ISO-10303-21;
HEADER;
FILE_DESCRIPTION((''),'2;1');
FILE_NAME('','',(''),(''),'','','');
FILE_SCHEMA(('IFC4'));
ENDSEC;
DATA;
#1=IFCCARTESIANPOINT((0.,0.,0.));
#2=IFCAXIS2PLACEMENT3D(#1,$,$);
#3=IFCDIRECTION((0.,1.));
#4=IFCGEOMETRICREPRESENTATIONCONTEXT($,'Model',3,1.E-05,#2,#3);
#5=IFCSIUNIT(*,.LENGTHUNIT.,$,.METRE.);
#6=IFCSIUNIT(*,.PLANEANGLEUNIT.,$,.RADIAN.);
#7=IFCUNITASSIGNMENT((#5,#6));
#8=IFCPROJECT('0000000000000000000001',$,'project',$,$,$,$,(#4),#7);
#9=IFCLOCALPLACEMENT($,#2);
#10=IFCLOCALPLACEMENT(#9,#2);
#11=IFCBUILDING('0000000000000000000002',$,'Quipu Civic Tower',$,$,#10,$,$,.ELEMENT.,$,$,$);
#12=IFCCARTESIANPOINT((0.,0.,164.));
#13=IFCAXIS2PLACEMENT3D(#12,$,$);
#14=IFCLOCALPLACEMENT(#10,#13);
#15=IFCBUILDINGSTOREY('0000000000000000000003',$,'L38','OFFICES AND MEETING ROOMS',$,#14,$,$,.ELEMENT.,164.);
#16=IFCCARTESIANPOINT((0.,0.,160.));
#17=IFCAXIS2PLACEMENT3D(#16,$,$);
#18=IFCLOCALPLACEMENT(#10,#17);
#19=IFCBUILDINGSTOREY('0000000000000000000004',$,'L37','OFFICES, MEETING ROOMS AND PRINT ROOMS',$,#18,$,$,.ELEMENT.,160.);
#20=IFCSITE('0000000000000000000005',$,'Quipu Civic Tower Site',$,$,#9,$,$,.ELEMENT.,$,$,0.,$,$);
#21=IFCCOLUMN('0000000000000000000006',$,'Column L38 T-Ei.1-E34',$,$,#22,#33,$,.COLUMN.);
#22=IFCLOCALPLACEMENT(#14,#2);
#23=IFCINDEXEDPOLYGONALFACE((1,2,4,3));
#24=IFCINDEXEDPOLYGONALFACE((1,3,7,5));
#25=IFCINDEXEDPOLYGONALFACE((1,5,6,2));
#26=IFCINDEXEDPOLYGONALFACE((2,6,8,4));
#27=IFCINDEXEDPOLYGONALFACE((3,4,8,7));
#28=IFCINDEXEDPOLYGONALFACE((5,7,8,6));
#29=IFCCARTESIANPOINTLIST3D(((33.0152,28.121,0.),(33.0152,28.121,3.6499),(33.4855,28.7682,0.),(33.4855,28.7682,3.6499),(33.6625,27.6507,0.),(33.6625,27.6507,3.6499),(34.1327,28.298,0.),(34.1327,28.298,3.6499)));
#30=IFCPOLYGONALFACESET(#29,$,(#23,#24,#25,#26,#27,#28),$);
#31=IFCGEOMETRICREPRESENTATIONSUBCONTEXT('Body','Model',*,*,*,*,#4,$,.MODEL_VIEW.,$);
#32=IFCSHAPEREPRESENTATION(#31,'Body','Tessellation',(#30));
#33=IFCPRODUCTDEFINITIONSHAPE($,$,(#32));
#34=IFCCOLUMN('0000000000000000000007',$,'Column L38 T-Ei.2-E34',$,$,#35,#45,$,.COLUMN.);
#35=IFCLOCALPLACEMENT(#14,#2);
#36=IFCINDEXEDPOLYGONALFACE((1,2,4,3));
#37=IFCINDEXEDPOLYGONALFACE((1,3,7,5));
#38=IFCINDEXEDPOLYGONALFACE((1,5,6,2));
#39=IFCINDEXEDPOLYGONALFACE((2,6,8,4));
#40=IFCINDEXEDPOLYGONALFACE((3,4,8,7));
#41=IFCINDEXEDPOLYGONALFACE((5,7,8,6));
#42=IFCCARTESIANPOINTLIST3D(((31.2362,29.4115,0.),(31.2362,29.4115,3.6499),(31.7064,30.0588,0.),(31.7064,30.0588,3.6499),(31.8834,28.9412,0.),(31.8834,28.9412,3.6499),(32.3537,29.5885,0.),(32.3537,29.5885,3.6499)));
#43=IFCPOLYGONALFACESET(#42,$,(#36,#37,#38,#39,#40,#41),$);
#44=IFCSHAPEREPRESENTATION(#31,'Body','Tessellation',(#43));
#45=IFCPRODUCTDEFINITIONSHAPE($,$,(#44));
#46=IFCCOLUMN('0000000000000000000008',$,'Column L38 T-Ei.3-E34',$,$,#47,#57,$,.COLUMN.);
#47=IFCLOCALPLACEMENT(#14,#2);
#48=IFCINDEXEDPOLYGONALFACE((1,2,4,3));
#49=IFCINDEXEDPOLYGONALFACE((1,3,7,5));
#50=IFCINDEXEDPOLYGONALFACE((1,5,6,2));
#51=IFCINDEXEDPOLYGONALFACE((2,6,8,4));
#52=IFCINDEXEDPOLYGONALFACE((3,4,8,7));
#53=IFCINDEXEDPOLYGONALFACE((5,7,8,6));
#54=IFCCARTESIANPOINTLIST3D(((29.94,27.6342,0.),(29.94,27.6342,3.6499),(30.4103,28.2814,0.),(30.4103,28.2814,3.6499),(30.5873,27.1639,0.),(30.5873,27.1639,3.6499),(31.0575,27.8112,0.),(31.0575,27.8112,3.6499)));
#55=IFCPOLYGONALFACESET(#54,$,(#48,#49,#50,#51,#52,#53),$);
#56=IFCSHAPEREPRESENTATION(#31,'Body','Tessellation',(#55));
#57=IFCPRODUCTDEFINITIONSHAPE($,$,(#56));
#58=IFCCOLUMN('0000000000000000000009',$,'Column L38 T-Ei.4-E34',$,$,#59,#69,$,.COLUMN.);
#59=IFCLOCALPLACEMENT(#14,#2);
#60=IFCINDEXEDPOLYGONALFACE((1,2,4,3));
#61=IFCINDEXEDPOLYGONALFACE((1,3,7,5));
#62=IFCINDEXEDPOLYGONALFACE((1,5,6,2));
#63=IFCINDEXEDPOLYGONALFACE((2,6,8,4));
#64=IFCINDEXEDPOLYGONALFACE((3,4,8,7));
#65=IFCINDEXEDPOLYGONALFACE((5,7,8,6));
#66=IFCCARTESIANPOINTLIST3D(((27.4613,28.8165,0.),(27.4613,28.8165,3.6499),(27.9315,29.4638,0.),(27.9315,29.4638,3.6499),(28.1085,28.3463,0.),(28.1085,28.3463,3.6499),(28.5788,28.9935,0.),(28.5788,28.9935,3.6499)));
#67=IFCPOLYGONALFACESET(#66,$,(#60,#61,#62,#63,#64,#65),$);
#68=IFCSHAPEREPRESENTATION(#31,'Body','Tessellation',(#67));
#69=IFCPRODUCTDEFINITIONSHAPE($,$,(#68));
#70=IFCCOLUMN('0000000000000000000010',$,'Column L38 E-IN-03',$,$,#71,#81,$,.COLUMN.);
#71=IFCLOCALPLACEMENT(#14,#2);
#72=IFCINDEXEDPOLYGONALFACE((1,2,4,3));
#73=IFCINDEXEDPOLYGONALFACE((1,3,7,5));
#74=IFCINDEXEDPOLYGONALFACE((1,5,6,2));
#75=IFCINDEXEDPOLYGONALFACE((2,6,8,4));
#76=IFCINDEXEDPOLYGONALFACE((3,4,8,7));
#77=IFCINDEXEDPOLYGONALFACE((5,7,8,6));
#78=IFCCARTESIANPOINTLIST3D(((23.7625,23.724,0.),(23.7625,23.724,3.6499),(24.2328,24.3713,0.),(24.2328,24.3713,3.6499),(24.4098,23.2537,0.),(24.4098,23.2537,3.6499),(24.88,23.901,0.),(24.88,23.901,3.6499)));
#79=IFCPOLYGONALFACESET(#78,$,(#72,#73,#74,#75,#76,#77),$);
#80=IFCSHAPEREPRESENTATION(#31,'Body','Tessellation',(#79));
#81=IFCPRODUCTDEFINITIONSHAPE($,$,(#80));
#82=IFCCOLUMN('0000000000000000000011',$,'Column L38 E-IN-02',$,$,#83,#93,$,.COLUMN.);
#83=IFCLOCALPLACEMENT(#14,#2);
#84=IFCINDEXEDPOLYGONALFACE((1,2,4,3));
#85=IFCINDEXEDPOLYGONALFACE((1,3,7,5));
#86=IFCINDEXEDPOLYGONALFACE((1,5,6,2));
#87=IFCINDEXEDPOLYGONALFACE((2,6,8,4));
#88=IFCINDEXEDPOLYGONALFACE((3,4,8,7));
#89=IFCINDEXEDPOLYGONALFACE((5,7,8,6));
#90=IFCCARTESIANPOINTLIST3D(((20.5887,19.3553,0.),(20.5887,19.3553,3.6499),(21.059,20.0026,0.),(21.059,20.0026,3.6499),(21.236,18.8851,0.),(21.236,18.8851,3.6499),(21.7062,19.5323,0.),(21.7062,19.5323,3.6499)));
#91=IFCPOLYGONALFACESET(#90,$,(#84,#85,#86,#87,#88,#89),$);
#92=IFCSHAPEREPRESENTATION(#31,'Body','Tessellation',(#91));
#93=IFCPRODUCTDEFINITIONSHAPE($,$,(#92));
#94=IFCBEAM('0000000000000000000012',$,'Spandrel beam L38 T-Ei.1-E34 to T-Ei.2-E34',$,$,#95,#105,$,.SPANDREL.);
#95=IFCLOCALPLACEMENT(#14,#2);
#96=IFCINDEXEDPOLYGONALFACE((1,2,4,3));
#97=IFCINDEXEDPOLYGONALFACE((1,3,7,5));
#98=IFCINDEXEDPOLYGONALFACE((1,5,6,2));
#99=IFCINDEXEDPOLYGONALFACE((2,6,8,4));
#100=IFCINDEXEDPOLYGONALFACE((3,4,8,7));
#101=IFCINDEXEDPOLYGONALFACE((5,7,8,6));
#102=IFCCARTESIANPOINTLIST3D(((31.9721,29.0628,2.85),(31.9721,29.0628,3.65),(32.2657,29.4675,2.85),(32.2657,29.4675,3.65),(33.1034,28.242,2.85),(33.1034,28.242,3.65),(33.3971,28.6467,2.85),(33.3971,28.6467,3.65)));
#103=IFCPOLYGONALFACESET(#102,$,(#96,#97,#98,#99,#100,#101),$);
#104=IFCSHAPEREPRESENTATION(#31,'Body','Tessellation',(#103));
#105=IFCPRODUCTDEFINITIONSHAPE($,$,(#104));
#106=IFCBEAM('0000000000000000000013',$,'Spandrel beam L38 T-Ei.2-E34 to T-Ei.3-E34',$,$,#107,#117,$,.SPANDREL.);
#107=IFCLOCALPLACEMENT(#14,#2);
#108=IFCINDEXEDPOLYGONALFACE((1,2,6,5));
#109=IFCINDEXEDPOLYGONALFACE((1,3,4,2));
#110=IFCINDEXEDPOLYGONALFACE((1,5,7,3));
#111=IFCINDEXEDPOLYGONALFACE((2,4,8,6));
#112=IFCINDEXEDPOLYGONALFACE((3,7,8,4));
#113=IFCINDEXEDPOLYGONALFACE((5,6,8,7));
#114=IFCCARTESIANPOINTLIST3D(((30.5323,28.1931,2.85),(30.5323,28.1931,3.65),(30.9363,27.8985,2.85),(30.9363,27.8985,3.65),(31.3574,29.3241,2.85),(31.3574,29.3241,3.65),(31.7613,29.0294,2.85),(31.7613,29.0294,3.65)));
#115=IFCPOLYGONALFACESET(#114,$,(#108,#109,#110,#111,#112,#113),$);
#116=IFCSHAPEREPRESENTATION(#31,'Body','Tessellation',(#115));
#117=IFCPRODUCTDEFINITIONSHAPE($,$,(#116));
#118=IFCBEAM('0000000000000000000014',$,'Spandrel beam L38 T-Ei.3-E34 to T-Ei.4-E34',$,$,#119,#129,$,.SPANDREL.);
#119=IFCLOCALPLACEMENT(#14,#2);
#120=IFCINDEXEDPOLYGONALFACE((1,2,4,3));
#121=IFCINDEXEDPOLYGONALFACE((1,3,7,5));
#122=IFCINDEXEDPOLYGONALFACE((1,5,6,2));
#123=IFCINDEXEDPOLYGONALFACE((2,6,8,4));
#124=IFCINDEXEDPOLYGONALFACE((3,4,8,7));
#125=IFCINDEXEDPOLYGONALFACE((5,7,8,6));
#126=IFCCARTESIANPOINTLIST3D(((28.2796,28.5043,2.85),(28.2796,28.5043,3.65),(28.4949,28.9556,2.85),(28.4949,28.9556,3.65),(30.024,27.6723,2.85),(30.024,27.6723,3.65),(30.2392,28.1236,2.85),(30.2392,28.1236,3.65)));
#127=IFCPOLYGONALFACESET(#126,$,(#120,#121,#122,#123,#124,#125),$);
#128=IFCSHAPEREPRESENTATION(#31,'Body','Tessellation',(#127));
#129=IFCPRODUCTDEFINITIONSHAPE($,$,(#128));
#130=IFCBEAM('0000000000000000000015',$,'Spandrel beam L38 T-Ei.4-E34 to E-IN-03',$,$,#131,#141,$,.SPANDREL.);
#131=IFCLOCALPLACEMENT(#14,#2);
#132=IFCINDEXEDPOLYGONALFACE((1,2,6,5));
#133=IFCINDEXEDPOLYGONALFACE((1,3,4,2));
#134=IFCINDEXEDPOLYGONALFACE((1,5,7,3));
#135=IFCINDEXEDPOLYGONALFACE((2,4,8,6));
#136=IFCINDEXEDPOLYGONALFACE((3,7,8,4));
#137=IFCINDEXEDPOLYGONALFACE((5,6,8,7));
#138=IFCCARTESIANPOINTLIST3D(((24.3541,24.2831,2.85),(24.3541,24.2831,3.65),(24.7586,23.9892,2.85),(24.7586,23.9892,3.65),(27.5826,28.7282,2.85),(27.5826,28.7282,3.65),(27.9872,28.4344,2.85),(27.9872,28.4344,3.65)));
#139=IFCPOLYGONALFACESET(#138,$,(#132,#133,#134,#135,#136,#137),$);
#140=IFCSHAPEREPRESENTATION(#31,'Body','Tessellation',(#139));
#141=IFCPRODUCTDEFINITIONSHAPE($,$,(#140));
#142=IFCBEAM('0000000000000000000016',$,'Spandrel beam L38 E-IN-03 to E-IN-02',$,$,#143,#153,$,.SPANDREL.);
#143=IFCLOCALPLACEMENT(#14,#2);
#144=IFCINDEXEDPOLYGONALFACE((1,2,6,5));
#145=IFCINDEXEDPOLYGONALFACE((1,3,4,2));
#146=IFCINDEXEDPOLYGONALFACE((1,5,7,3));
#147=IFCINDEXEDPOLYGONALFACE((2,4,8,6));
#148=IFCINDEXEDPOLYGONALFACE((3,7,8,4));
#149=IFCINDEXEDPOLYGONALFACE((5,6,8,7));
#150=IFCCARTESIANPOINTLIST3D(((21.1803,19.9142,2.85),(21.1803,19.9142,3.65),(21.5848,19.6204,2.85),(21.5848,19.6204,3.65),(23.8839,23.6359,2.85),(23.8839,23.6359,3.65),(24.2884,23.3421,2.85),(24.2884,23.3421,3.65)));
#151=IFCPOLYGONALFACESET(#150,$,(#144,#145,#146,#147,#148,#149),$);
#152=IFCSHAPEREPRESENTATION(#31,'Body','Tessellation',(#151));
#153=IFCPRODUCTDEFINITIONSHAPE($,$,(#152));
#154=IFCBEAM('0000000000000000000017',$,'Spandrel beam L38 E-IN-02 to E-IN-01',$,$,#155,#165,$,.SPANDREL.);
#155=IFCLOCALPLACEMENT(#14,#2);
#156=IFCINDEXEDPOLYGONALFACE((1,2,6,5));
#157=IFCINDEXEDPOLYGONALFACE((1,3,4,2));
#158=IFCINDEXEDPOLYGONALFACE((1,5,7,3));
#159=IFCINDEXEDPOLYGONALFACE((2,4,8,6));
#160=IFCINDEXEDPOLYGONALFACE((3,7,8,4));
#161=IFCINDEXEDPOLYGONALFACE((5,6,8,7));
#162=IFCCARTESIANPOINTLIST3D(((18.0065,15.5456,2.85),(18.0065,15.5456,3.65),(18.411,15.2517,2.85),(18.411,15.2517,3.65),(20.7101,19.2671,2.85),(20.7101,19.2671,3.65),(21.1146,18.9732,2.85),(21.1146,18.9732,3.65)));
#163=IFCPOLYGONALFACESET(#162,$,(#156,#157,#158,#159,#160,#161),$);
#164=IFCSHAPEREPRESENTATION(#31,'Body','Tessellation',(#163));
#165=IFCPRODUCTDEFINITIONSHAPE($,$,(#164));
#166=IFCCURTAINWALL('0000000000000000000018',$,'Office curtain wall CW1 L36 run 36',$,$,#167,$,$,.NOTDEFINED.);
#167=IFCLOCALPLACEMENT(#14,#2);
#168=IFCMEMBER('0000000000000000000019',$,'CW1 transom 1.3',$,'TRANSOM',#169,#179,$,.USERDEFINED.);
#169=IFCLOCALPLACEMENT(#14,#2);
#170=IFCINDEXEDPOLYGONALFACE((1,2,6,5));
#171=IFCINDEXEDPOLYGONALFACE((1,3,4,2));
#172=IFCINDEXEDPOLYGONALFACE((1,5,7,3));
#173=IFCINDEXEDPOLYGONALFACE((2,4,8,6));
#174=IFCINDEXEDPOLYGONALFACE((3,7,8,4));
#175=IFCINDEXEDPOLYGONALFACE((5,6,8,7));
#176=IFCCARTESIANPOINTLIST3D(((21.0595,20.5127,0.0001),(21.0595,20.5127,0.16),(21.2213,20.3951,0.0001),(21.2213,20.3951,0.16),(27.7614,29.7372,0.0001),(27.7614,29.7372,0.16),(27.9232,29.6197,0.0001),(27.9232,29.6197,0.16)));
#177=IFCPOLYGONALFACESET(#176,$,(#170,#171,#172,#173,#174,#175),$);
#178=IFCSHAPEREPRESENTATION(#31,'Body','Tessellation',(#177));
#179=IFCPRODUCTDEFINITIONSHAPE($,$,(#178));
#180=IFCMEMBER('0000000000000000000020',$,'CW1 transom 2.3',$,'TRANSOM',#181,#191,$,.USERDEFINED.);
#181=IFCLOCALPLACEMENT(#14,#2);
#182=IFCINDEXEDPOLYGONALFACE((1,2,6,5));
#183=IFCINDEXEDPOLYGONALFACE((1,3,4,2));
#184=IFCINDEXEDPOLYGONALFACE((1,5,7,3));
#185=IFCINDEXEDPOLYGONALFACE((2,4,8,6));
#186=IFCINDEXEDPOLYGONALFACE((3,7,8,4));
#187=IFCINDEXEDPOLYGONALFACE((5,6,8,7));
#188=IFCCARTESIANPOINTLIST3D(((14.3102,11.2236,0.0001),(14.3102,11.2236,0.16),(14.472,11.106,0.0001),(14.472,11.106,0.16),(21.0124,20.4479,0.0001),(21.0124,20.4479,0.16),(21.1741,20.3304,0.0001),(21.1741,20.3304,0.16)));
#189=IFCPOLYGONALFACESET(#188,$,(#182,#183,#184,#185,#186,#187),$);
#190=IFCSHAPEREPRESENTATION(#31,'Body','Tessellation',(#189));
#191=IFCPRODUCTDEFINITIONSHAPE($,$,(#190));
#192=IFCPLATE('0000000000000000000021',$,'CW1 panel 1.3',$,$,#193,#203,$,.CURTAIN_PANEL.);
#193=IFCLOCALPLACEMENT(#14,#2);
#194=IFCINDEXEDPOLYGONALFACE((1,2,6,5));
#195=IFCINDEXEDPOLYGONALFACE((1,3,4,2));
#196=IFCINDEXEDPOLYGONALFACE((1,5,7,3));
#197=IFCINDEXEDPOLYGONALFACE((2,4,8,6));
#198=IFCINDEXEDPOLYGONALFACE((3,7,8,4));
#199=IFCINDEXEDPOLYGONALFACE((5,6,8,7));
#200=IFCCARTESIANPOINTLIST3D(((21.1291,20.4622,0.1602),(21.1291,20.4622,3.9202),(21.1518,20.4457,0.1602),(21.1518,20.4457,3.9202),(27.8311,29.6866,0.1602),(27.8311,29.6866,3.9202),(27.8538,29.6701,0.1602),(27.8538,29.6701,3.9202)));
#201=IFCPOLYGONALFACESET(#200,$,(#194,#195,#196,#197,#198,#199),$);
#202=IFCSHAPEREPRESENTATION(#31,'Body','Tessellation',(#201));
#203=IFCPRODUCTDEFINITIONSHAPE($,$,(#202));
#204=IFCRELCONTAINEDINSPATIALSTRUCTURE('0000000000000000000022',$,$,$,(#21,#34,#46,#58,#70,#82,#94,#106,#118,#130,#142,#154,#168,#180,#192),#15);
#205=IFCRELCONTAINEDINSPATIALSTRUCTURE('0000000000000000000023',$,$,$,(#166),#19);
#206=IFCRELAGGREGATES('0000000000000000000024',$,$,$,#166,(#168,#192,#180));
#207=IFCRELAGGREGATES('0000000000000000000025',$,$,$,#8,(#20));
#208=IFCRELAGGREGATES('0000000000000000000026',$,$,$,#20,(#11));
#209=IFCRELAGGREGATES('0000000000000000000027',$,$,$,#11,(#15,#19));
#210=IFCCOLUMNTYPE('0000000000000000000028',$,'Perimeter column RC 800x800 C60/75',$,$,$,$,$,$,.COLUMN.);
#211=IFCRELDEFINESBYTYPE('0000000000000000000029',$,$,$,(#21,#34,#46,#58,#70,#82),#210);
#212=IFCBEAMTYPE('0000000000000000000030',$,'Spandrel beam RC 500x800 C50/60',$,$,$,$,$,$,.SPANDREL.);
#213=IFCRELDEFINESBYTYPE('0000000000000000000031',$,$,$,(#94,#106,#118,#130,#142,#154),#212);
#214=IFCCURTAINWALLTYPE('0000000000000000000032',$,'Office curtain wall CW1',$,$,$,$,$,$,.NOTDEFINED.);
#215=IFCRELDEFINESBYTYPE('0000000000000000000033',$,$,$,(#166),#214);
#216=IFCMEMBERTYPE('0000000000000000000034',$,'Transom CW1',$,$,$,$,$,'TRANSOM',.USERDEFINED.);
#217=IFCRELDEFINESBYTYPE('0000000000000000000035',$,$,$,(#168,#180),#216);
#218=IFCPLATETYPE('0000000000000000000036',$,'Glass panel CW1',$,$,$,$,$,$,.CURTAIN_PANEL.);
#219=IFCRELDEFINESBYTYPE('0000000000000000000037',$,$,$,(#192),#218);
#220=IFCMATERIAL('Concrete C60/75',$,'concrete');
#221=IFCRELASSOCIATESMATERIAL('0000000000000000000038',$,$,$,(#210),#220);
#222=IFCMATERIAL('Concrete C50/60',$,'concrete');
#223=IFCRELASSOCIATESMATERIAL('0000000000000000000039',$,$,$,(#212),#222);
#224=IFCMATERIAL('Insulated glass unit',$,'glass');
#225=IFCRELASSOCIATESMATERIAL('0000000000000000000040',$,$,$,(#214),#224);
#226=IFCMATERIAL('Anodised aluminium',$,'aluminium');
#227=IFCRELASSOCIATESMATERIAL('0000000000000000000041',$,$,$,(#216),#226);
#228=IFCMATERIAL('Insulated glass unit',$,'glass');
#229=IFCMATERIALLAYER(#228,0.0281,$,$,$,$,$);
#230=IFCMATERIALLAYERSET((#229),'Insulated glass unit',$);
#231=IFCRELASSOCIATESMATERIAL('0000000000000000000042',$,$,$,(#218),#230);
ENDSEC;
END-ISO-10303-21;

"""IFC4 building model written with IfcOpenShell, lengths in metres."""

from ifc_helpers import new_model, si_unit, direction, frame, origin, origin_2d, place, context, subcontext, project, spatial, rectangle, extrude, material, layer, layer_set, material_profile, profile_set, type_object, element, aggregate, save


model = new_model("IFC4")

# Units and contexts
model_context = context("Model", 3, precision=1e-05, world=origin(), true_north=direction((0.0, 1.0)))
body_context = subcontext(model_context, "Body", "Model", "MODEL_VIEW")
ifc_project = project(units=[si_unit("LENGTHUNIT", "METRE"), si_unit("PLANEANGLEUNIT", "RADIAN")], contexts=[model_context])

# Site, building, storey
site_placement = place(None, origin())
site = spatial("IfcSite", under=ifc_project, at=site_placement, Name="Quipu Civic Tower Site", CompositionType="ELEMENT", RefElevation=0.0)
building_placement = place(site_placement, origin())
building = spatial("IfcBuilding", under=site, at=building_placement, Name="Quipu Civic Tower", CompositionType="ELEMENT")
storey_1_placement = place(building_placement, frame((0.0, 0.0, 164.0)))
storey_1 = spatial("IfcBuildingStorey", under=building, at=storey_1_placement, Name="L38", Description="OFFICES AND MEETING ROOMS", CompositionType="ELEMENT", Elevation=164.0)

# Columns
ifc_material_1 = material(Name="Concrete C60/75", Category="concrete")
ifc_material_profile_1 = material_profile(ifc_material_1, rectangle(XDim=0.8, YDim=0.8, at=origin_2d()), Name="RC800x800")
ifc_profile_set_1 = profile_set([ifc_material_profile_1], Name="Concrete C60/75")
column_type = type_object("IfcColumnType", Name="Perimeter column RC 800x800 C60/75", PredefinedType="COLUMN", material=ifc_profile_set_1)
for number, where, z_axis, x_axis, name in (
    (1, (33.574, 28.2095, 0.0), (0.0, 0.0, 1.0), (-0.809017, 0.587785, 0.0), "Column L38 T-Ei.1-E34"),
    (2, (31.7949, 29.5, 0.0), (0.0, 0.0, 1.0), (-0.587785, -0.809017, 0.0), "Column L38 T-Ei.2-E34"),
    (3, (30.4988, 27.7227, 0.0), (0.0, 0.0, 1.0), (-0.809017, 0.587785, 0.0), "Column L38 T-Ei.3-E34"),
    (4, (28.02, 28.905, 0.0), (0.0, 0.0, 1.0), (-0.809017, 0.587785, 0.0), "Column L38 T-Ei.4-E34"),
    (5, (24.3213, 23.8125, 0.0), (0.0, 0.0, 1.0), (-0.587785, -0.809017, 0.0), "Column L38 E-IN-03"),
    (6, (21.1475, 19.4438, 0.0), (0.0, 0.0, 1.0), (-0.587785, -0.809017, 0.0), "Column L38 E-IN-02"),
):
    element("IfcColumn", number, at=place(storey_1_placement, frame(where, z_axis=z_axis, x_axis=x_axis)), inside=storey_1, type_object=column_type, Name=name, PredefinedType="COLUMN", context=body_context, shape_type="SweptSolid", body=[
        extrude(rectangle(XDim=0.8, YDim=0.8, at=origin_2d()), origin(), (0.0, 0.0, 1.0), 3.6499),
    ])

# Beams
ifc_material_2 = material(Name="Concrete C50/60", Category="concrete")
ifc_material_profile_2 = material_profile(ifc_material_2, rectangle(XDim=0.5, YDim=0.8, at=origin_2d()), Name="RC500x800")
ifc_profile_set_2 = profile_set([ifc_material_profile_2], Name="Concrete C50/60")
beam_type = type_object("IfcBeamType", Name="Spandrel beam RC 500x800 C50/60", PredefinedType="SPANDREL", material=ifc_profile_set_2)
beam_1_placement = place(storey_1_placement, frame((33.2502, 28.4443, 3.25), z_axis=(-0.809415, 0.587237, 0.0), x_axis=(-0.587237, -0.809415, 0.0)))
element("IfcBeam", 7, at=beam_1_placement, inside=storey_1, type_object=beam_type, Name="Spandrel beam L38 T-Ei.1-E34 to T-Ei.2-E34", PredefinedType="SPANDREL", context=body_context, shape_type="SweptSolid", body=[
    extrude(rectangle(XDim=0.5, YDim=0.8, at=origin_2d()), origin(), (0.0, 0.0, 1.0), 1.3977),
])
beam_2_placement = place(storey_1_placement, frame((31.5593, 29.1768, 3.25), z_axis=(-0.589343, -0.807883, 0.0), x_axis=(0.807883, -0.589343, 0.0)))
element("IfcBeam", 8, at=beam_2_placement, inside=storey_1, type_object=beam_type, Name="Spandrel beam L38 T-Ei.2-E34 to T-Ei.3-E34", PredefinedType="SPANDREL", context=body_context, shape_type="SweptSolid", body=[
    extrude(rectangle(XDim=0.5, YDim=0.8, at=origin_2d()), origin(), (0.0, 0.0, 1.0), 1.3999),
])
beam_3_placement = place(storey_1_placement, frame((30.1316, 27.8979, 3.25), z_axis=(-0.902585, 0.430512, 0.0), x_axis=(-0.430512, -0.902585, 0.0)))
element("IfcBeam", 9, at=beam_3_placement, inside=storey_1, type_object=beam_type, Name="Spandrel beam L38 T-Ei.3-E34 to T-Ei.4-E34", PredefinedType="SPANDREL", context=body_context, shape_type="SweptSolid", body=[
    extrude(rectangle(XDim=0.5, YDim=0.8, at=origin_2d()), origin(), (0.0, 0.0, 1.0), 1.9326),
])
beam_4_placement = place(storey_1_placement, frame((27.7849, 28.5813, 3.25), z_axis=(-0.587664, -0.809105, 0.0), x_axis=(0.809105, -0.587664, 0.0)))
element("IfcBeam", 10, at=beam_4_placement, inside=storey_1, type_object=beam_type, Name="Spandrel beam L38 T-Ei.4-E34 to E-IN-03", PredefinedType="SPANDREL", context=body_context, shape_type="SweptSolid", body=[
    extrude(rectangle(XDim=0.5, YDim=0.8, at=origin_2d()), origin(), (0.0, 0.0, 1.0), 5.4939),
])
beam_5_placement = place(storey_1_placement, frame((24.0862, 23.489, 3.25), z_axis=(-0.587736, -0.809053, 0.0), x_axis=(0.809053, -0.587736, 0.0)))
element("IfcBeam", 11, at=beam_5_placement, inside=storey_1, type_object=beam_type, Name="Spandrel beam L38 E-IN-03 to E-IN-02", PredefinedType="SPANDREL", context=body_context, shape_type="SweptSolid", body=[
    extrude(rectangle(XDim=0.5, YDim=0.8, at=origin_2d()), origin(), (0.0, 0.0, 1.0), 4.6001),
])
beam_6_placement = place(storey_1_placement, frame((20.9124, 19.1201, 3.25), z_axis=(-0.587761, -0.809034, 0.0), x_axis=(0.809034, -0.587761, 0.0)))
element("IfcBeam", 12, at=beam_6_placement, inside=storey_1, type_object=beam_type, Name="Spandrel beam L38 E-IN-02 to E-IN-01", PredefinedType="SPANDREL", context=body_context, shape_type="SweptSolid", body=[
    extrude(rectangle(XDim=0.5, YDim=0.8, at=origin_2d()), origin(), (0.0, 0.0, 1.0), 4.5999),
])

# Shared definitions
storey_2_placement = place(building_placement, frame((0.0, 0.0, 160.0)))
storey_2 = spatial("IfcBuildingStorey", under=building, at=storey_2_placement, Name="L37", Description="OFFICES, MEETING ROOMS AND PRINT ROOMS", CompositionType="ELEMENT", Elevation=160.0)

# Curtain wall, members, plate
ifc_material_3 = material(Name="Insulated glass unit", Category="glass")
curtain_wall_type = type_object("IfcCurtainWallType", Name="Office curtain wall CW1", PredefinedType="NOTDEFINED", material=ifc_material_3)
curtain_wall_placement = place(storey_2_placement, origin())
curtain_wall = element("IfcCurtainWall", 13, at=curtain_wall_placement, inside=storey_2, type_object=curtain_wall_type, Name="Office curtain wall CW1 L36 run 36", PredefinedType="NOTDEFINED")
ifc_material_4 = material(Name="Anodised aluminium", Category="aluminium")
ifc_material_profile_3 = material_profile(ifc_material_4, rectangle(XDim=0.2, YDim=0.1599, at=origin_2d()), Name="RECT 200x160")
ifc_profile_set_3 = profile_set([ifc_material_profile_3], Name="Anodised aluminium")
member_type = type_object("IfcMemberType", Name="Transom CW1", ElementType="TRANSOM", PredefinedType="USERDEFINED", material=ifc_profile_set_3)
member_1_placement = place(storey_1_placement, frame((27.8423, 29.6785, 0.0801), z_axis=(-0.587776, -0.809024, 0.0), x_axis=(0.809024, -0.587776, 0.0)))
member_1 = element("IfcMember", 14, at=member_1_placement, inside=storey_1, type_object=member_type, Name="CW1 transom 1.3", ObjectType="TRANSOM", PredefinedType="USERDEFINED", context=body_context, shape_type="SweptSolid", body=[
    extrude(rectangle(XDim=0.2, YDim=0.1599, at=origin_2d()), origin(), (0.0, 0.0, 1.0), 11.4021),
])
member_2_placement = place(storey_1_placement, frame((21.0933, 20.3892, 0.0801), z_axis=(-0.5878, -0.809006, 0.0), x_axis=(0.809006, -0.5878, 0.0)))
member_2 = element("IfcMember", 15, at=member_2_placement, inside=storey_1, type_object=member_type, Name="CW1 transom 2.3", ObjectType="TRANSOM", PredefinedType="USERDEFINED", context=body_context, shape_type="SweptSolid", body=[
    extrude(rectangle(XDim=0.2, YDim=0.1599, at=origin_2d()), origin(), (0.0, 0.0, 1.0), 11.4021),
])
ifc_material_5 = material(Name="Insulated glass unit", Category="glass")
ifc_layer_1 = layer(ifc_material_5, 0.0281)
ifc_layer_set_1 = layer_set([ifc_layer_1], Name="Insulated glass unit")
plate_type_1 = type_object("IfcPlateType", Name="Glass panel CW1", PredefinedType="CURTAIN_PANEL", material=ifc_layer_set_1)
plate_placement = place(storey_1_placement, frame((24.4915, 25.0662, 0.1602), z_axis=(0.0, 0.0, 1.0), x_axis=(-0.587789, -0.809014, 0.0)))
plate = element("IfcPlate", 16, at=plate_placement, inside=storey_1, type_object=plate_type_1, Name="CW1 panel 1.3", PredefinedType="CURTAIN_PANEL", context=body_context, shape_type="SweptSolid", body=[
    extrude(rectangle(XDim=11.4021, YDim=0.0281, at=origin_2d()), origin(), (0.0, 0.0, 1.0), 3.76),
])
aggregate(curtain_wall, [member_1, plate, member_2])

save(model, "model.ifc")
